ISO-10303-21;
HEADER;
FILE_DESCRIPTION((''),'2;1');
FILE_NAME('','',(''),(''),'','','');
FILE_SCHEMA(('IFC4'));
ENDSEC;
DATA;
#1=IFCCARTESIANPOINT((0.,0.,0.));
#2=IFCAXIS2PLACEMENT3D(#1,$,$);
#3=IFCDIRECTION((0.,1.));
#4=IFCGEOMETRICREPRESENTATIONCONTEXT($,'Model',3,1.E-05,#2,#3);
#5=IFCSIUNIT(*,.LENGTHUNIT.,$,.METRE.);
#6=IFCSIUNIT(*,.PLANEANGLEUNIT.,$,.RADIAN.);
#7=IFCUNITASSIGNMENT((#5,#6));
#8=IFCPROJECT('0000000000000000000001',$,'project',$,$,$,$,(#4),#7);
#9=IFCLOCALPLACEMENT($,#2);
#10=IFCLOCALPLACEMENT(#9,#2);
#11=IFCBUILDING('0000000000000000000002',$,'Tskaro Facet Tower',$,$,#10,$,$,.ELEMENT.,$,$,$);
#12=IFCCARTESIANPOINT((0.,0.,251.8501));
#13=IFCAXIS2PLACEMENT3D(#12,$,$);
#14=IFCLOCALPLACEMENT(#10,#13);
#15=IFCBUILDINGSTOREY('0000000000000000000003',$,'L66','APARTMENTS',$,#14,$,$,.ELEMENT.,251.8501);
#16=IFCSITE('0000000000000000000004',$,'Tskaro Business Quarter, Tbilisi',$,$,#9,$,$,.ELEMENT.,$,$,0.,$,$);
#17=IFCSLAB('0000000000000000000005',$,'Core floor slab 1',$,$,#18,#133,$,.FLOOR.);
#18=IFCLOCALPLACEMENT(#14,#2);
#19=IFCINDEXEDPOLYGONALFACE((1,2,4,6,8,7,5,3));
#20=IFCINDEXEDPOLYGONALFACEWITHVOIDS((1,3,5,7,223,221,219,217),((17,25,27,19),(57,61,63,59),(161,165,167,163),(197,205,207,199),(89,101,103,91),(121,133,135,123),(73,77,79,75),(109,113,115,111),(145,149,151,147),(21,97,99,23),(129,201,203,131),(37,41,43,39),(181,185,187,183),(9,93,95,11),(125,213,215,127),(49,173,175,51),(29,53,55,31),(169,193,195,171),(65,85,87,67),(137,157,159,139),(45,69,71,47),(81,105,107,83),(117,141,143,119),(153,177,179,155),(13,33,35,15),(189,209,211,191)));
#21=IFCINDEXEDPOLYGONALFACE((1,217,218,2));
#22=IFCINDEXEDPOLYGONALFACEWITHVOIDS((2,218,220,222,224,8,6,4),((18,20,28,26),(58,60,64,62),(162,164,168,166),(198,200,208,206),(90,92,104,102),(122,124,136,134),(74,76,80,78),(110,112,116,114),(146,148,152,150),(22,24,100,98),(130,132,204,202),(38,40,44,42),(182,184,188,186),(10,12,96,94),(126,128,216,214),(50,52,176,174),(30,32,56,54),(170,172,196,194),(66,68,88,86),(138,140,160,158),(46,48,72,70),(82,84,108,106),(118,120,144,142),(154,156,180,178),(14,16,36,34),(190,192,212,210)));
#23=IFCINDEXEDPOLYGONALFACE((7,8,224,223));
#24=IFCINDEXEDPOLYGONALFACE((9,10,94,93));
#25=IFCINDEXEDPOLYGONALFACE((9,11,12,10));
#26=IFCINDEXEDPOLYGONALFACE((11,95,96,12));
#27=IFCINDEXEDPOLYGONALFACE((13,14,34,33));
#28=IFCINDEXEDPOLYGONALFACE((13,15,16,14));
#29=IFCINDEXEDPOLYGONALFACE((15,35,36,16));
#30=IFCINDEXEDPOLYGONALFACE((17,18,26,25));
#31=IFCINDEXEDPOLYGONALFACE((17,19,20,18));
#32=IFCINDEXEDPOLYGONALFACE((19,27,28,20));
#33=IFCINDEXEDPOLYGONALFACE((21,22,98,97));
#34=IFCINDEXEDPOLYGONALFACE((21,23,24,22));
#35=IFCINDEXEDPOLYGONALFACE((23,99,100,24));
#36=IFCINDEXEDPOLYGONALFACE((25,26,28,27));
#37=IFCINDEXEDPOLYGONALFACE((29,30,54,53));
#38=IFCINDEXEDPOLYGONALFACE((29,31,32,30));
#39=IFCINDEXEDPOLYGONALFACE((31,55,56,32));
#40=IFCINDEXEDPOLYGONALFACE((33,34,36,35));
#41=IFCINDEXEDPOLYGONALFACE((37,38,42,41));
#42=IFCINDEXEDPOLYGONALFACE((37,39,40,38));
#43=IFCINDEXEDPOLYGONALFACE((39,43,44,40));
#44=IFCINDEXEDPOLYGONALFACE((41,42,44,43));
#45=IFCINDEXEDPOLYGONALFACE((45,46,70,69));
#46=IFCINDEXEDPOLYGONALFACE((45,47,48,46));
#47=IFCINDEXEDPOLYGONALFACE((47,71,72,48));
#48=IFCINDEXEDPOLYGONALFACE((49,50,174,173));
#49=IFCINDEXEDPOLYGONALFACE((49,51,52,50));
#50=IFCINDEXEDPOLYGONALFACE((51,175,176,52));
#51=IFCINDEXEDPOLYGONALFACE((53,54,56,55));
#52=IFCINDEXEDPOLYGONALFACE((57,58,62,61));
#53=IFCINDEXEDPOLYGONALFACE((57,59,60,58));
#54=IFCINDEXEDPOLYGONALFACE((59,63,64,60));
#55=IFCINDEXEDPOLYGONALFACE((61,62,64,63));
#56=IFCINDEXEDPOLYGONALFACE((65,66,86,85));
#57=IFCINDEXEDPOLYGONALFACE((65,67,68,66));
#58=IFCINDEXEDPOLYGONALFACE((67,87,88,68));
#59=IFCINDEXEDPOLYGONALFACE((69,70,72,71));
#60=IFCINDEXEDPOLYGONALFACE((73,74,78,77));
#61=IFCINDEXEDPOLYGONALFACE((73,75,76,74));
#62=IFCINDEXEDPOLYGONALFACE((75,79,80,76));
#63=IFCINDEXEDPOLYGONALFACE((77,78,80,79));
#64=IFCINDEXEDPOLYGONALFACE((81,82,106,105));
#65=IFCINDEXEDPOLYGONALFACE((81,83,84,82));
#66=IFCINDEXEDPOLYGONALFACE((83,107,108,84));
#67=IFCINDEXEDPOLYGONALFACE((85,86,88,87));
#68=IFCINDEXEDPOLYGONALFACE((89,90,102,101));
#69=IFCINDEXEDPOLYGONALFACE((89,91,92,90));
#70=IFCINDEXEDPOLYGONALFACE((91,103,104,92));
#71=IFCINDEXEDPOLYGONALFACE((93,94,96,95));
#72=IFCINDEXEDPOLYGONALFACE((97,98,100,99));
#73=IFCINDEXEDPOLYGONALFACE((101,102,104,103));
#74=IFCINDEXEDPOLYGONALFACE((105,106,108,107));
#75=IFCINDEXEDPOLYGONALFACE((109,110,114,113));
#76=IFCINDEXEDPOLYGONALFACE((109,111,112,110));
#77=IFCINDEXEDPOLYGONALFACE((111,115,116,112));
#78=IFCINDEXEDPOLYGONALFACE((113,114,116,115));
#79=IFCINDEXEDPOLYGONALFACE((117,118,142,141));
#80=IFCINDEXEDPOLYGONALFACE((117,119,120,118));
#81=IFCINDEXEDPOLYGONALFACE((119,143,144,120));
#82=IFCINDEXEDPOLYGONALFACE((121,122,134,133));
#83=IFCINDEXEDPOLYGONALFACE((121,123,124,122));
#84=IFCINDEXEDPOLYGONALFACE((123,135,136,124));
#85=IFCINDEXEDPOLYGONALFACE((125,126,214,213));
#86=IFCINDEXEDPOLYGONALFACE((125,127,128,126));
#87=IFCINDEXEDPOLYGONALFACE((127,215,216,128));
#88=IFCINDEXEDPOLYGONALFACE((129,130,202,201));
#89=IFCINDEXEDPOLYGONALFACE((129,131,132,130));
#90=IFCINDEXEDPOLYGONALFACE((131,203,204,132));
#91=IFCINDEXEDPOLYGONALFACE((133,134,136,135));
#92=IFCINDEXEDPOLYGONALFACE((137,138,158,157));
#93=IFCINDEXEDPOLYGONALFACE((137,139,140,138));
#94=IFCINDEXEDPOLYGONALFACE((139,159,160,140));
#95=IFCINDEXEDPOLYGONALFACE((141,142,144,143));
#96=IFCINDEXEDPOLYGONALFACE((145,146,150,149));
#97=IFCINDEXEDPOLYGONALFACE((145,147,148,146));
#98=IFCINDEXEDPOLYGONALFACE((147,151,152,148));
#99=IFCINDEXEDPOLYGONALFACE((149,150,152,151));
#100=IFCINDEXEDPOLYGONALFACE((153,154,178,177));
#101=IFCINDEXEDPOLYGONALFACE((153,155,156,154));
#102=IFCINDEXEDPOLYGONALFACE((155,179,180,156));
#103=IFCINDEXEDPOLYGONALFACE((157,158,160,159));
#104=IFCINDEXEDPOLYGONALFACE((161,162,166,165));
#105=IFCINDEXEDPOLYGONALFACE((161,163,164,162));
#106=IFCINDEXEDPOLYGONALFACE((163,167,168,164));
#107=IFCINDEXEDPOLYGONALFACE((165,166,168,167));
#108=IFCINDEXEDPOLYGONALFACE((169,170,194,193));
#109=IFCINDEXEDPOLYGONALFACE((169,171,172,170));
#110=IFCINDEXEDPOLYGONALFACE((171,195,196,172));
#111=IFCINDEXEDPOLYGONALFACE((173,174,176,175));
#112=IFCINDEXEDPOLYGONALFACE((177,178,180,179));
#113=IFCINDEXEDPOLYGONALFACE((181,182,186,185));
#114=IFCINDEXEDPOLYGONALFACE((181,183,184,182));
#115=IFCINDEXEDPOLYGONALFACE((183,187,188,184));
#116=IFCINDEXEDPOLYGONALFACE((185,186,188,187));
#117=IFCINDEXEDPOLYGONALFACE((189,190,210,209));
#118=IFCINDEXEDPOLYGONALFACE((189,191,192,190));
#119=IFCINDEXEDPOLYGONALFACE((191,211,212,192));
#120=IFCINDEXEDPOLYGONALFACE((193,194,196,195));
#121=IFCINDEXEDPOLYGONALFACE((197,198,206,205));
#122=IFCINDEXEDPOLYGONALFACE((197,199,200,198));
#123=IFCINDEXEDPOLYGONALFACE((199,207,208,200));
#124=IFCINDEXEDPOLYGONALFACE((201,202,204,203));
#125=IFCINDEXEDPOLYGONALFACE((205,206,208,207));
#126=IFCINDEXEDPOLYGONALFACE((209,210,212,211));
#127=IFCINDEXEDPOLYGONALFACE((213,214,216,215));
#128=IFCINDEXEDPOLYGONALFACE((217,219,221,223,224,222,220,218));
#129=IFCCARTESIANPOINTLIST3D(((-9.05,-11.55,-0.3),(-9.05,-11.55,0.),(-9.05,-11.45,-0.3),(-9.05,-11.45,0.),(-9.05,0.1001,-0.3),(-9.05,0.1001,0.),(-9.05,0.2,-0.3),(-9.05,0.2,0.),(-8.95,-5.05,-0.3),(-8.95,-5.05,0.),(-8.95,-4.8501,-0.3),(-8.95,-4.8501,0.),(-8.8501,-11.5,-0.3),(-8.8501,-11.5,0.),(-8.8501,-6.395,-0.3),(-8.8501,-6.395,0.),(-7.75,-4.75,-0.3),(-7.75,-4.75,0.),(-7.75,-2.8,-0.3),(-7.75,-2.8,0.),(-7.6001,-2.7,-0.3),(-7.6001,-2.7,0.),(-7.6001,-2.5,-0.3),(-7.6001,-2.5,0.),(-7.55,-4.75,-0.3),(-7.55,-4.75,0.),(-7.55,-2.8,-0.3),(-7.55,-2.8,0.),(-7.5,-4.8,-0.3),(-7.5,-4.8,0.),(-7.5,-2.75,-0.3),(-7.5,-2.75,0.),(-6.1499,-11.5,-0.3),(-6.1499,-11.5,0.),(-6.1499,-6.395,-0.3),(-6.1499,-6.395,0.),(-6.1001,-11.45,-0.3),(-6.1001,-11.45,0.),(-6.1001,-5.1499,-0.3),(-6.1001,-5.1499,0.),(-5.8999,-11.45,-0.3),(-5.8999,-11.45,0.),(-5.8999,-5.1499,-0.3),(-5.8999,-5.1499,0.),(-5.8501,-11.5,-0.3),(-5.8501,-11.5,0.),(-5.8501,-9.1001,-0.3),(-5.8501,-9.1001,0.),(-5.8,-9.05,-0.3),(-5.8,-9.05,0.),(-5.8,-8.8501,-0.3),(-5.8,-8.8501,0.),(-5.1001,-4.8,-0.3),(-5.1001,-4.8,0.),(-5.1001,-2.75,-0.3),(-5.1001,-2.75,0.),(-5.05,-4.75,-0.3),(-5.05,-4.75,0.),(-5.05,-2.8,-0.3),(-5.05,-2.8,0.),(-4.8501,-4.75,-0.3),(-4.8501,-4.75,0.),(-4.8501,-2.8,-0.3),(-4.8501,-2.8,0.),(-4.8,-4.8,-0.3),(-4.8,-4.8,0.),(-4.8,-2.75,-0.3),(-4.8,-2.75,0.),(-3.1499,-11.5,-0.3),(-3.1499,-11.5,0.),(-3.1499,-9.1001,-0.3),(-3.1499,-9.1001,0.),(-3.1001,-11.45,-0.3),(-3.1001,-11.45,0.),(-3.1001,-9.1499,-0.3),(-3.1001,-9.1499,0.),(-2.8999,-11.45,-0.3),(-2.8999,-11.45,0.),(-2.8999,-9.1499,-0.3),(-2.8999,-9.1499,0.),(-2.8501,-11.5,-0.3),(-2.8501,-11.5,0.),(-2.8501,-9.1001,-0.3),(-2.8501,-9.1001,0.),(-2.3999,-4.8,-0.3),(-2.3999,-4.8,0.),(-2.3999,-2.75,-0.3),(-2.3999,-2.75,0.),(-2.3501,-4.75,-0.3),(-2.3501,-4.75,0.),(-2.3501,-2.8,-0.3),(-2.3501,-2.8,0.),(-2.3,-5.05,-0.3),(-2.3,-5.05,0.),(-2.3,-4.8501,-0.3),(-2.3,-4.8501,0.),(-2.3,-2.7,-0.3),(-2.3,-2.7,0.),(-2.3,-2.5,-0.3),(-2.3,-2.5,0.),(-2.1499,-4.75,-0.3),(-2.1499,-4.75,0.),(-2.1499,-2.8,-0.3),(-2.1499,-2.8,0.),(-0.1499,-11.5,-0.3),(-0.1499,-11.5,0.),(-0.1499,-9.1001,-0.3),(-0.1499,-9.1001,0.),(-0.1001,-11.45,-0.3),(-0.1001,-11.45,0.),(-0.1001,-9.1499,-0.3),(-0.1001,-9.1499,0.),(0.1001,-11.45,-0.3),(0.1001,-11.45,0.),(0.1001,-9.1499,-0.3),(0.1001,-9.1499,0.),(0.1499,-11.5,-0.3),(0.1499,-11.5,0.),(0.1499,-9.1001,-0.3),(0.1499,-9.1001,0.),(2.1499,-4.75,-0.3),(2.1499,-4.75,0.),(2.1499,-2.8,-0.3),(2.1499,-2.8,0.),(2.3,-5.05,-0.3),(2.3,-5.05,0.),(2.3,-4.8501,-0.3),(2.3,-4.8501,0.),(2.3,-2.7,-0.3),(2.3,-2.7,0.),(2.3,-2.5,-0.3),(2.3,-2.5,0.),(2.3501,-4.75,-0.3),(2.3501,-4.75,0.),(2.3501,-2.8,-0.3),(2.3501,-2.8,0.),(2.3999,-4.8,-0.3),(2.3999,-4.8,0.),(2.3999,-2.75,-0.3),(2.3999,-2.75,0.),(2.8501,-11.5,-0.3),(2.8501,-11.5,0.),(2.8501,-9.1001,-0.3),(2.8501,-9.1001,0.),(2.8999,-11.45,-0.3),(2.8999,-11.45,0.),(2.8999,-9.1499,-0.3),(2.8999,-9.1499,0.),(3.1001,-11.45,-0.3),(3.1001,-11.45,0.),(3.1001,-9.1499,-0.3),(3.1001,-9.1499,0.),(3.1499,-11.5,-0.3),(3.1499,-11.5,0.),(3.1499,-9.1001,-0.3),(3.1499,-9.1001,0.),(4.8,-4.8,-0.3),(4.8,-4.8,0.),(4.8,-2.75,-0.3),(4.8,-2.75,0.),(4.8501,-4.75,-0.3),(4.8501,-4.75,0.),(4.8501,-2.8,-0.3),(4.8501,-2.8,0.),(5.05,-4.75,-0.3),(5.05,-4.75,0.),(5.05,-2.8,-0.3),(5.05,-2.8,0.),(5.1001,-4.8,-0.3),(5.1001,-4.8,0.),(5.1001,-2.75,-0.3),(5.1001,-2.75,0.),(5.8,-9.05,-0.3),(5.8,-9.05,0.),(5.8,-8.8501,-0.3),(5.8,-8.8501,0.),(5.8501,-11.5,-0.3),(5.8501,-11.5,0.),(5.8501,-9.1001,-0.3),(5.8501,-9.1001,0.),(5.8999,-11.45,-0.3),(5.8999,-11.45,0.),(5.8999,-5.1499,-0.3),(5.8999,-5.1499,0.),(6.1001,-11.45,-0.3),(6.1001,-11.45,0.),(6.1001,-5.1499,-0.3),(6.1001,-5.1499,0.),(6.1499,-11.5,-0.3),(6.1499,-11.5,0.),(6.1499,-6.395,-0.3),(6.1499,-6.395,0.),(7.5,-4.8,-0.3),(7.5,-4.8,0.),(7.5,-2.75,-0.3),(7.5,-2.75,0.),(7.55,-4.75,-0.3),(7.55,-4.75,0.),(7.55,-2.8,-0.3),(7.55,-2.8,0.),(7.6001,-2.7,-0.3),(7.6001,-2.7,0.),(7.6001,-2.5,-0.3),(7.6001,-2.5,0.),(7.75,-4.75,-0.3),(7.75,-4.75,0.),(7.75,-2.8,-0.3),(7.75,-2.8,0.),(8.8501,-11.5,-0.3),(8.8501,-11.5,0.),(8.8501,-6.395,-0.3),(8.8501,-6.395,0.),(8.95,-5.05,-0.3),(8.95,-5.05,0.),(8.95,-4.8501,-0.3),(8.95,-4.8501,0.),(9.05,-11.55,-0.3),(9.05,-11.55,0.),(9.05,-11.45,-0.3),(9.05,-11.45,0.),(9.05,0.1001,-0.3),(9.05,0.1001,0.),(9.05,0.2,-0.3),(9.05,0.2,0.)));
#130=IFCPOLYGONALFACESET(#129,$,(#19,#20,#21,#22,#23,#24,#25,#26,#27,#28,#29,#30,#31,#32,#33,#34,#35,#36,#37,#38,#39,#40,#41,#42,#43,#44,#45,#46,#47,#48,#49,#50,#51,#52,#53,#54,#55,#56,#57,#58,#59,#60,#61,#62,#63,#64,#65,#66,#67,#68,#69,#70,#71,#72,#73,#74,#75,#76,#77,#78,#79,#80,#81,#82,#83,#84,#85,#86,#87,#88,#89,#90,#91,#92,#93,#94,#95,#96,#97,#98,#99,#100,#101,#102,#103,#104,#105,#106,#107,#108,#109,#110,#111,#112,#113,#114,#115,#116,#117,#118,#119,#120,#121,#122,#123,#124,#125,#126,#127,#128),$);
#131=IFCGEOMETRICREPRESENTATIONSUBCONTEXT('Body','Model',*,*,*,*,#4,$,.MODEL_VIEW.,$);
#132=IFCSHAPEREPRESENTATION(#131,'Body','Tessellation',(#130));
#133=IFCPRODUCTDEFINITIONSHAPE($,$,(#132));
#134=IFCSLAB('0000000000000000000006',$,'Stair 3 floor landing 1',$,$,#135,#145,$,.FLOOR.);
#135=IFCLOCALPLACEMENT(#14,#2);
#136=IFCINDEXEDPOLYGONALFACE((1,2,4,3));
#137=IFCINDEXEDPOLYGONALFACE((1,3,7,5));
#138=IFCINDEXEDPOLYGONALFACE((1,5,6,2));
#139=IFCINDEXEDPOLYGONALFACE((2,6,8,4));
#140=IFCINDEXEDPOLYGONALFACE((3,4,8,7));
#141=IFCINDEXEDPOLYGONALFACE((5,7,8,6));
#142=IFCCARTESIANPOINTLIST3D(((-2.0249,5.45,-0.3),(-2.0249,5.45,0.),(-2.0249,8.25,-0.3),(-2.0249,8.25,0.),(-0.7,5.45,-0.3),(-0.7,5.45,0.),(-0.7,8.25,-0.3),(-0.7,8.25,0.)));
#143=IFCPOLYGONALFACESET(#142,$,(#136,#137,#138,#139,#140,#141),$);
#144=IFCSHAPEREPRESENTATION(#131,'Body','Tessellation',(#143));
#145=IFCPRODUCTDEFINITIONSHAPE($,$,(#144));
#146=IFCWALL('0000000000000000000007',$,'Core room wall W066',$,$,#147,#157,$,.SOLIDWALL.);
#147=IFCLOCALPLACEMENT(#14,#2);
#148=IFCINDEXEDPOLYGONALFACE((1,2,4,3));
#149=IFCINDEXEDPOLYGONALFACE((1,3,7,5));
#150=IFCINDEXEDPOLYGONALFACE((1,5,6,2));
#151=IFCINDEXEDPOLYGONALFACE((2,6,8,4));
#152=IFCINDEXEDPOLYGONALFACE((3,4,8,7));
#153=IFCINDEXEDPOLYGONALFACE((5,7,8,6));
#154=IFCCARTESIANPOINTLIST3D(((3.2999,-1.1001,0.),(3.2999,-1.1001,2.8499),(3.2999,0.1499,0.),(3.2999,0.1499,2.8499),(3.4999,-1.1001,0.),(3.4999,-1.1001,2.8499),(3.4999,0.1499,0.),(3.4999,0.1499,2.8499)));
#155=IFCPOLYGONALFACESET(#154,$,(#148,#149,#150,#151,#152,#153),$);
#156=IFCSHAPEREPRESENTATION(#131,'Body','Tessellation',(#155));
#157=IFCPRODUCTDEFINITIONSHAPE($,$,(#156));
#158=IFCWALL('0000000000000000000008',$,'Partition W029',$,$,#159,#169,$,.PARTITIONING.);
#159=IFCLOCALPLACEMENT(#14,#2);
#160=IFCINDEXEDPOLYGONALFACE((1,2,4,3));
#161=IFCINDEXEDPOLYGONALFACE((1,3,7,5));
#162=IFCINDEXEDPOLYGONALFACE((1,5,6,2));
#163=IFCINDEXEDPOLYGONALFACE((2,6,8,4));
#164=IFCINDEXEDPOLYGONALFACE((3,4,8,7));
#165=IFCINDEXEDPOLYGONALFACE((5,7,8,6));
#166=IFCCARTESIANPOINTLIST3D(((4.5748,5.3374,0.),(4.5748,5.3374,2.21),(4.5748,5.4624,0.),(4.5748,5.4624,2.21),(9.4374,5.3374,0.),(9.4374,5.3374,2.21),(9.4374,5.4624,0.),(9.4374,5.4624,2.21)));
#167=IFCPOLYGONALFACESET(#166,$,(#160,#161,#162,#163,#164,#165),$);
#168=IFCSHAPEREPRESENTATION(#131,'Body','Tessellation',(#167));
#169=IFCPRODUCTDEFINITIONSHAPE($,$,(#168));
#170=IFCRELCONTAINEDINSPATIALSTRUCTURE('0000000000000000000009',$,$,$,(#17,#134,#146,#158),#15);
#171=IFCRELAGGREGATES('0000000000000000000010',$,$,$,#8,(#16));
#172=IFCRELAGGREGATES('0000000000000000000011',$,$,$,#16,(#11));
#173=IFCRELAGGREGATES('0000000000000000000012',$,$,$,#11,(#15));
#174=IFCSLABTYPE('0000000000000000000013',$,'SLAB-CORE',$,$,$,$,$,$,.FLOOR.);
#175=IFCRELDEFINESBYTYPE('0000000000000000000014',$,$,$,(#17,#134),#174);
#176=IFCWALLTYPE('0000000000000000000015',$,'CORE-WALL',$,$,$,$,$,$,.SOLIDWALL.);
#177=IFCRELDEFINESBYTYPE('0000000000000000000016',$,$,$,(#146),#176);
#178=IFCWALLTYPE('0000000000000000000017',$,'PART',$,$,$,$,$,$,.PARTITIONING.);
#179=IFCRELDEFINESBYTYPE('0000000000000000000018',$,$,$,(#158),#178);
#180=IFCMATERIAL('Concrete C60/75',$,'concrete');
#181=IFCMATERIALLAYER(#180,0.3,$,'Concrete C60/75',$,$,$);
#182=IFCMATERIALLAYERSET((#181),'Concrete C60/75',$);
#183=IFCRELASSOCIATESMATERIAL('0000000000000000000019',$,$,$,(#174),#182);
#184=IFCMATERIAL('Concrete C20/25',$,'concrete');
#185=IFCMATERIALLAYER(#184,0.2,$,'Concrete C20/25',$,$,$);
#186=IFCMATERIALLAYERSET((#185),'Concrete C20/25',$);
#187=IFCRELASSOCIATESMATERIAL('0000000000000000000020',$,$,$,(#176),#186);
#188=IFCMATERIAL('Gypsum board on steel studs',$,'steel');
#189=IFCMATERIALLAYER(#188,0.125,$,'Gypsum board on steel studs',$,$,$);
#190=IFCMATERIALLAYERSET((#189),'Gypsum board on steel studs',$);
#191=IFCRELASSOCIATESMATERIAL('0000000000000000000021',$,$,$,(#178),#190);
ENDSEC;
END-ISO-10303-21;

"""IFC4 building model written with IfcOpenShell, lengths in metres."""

from ifc_helpers import new_model, si_unit, direction, frame, frame_2d, origin, place, context, subcontext, project, spatial, polyline, rectangle, outline, extrude, material, layer, layer_set, type_object, element, save


model = new_model("IFC4")

# Units and contexts
model_context = context("Model", 3, precision=1e-05, world=origin(), true_north=direction((0.0, 1.0)))
body_context = subcontext(model_context, "Body", "Model", "MODEL_VIEW")
ifc_project = project(units=[si_unit("LENGTHUNIT", "METRE"), si_unit("PLANEANGLEUNIT", "RADIAN")], contexts=[model_context])

# Site, building, storey
site_placement = place(None, origin())
site = spatial("IfcSite", under=ifc_project, at=site_placement, Name="Tskaro Business Quarter, Tbilisi", CompositionType="ELEMENT", RefElevation=0.0)
building_placement = place(site_placement, origin())
building = spatial("IfcBuilding", under=site, at=building_placement, Name="Tskaro Facet Tower", CompositionType="ELEMENT")
storey_placement = place(building_placement, frame((0.0, 0.0, 251.8501)))
storey = spatial("IfcBuildingStorey", under=building, at=storey_placement, Name="L66", Description="APARTMENTS", CompositionType="ELEMENT", Elevation=251.8501)

# Slabs
ifc_material_1 = material(Name="Concrete C60/75", Category="concrete")
ifc_layer_1 = layer(ifc_material_1, 0.3, Name="Concrete C60/75")
ifc_layer_set_1 = layer_set([ifc_layer_1], Name="Concrete C60/75")
slab_type_1 = type_object("IfcSlabType", Name="SLAB-CORE", PredefinedType="FLOOR", material=ifc_layer_set_1)
slab_1_placement = place(storey_placement, frame((0.0, 0.0, -0.3)))
element("IfcSlab", 1, at=slab_1_placement, inside=storey, type_object=slab_type_1, Name="Core floor slab 1", PredefinedType="FLOOR", context=body_context, shape_type="SweptSolid", body=[
    extrude(outline(polyline([(-9.05, 0.2), (9.05, 0.2), (9.05, 0.1001), (9.05, -11.45), (9.05, -11.55), (-9.05, -11.55), (-9.05, -11.45), (-9.05, 0.1001), (-9.05, 0.2)]), holes=[polyline([(-5.8501, -9.1001), (-5.8501, -11.5), (-3.1499, -11.5), (-3.1499, -9.1001), (-5.8501, -9.1001)]), polyline([(-3.1001, -11.45), (-2.8999, -11.45), (-2.8999, -9.1499), (-3.1001, -9.1499), (-3.1001, -11.45)]), polyline([(-2.8501, -9.1001), (-2.8501, -11.5), (-0.1499, -11.5), (-0.1499, -9.1001), (-2.8501, -9.1001)]), polyline([(-6.1001, -11.45), (-5.8999, -11.45), (-5.8999, -5.1499), (-6.1001, -5.1499), (-6.1001, -11.45)]), polyline([(-8.95, -5.05), (-2.3, -5.05), (-2.3, -4.8501), (-8.95, -4.8501), (-8.95, -5.05)]), polyline([(-7.75, -4.75), (-7.55, -4.75), (-7.55, -2.8), (-7.75, -2.8), (-7.75, -4.75)]), polyline([(-7.5, -2.75), (-7.5, -4.8), (-5.1001, -4.8), (-5.1001, -2.75), (-7.5, -2.75)]), polyline([(-5.05, -4.75), (-4.8501, -4.75), (-4.8501, -2.8), (-5.05, -2.8), (-5.05, -4.75)]), polyline([(-2.3999, -2.75), (-4.8, -2.75), (-4.8, -4.8), (-2.3999, -4.8), (-2.3999, -2.75)]), polyline([(-2.3501, -4.75), (-2.1499, -4.75), (-2.1499, -2.8), (-2.3501, -2.8), (-2.3501, -4.75)]), polyline([(-7.6001, -2.7), (-2.3, -2.7), (-2.3, -2.5), (-7.6001, -2.5), (-7.6001, -2.7)]), polyline([(-0.1001, -11.45), (0.1001, -11.45), (0.1001, -9.1499), (-0.1001, -9.1499), (-0.1001, -11.45)]), polyline([(0.1499, -9.1001), (0.1499, -11.5), (2.8501, -11.5), (2.8501, -9.1001), (0.1499, -9.1001)]), polyline([(2.8999, -11.45), (3.1001, -11.45), (3.1001, -9.1499), (2.8999, -9.1499), (2.8999, -11.45)]), polyline([(3.1499, -9.1001), (3.1499, -11.5), (5.8501, -11.5), (5.8501, -9.1001), (3.1499, -9.1001)]), polyline([(-5.8, -9.05), (5.8, -9.05), (5.8, -8.8501), (-5.8, -8.8501), (-5.8, -9.05)]), polyline([(5.8999, -11.45), (6.1001, -11.45), (6.1001, -5.1499), (5.8999, -5.1499), (5.8999, -11.45)]), polyline([(2.3, -5.05), (8.95, -5.05), (8.95, -4.8501), (2.3, -4.8501), (2.3, -5.05)]), polyline([(2.1499, -4.75), (2.3501, -4.75), (2.3501, -2.8), (2.1499, -2.8), (2.1499, -4.75)]), polyline([(2.3999, -4.8), (4.8, -4.8), (4.8, -2.75), (2.3999, -2.75), (2.3999, -4.8)]), polyline([(4.8501, -4.75), (5.05, -4.75), (5.05, -2.8), (4.8501, -2.8), (4.8501, -4.75)]), polyline([(5.1001, -4.8), (7.5, -4.8), (7.5, -2.75), (5.1001, -2.75), (5.1001, -4.8)]), polyline([(7.55, -4.75), (7.75, -4.75), (7.75, -2.8), (7.55, -2.8), (7.55, -4.75)]), polyline([(2.3, -2.7), (7.6001, -2.7), (7.6001, -2.5), (2.3, -2.5), (2.3, -2.7)]), polyline([(-8.8501, -11.5), (-6.1499, -11.5), (-6.1499, -6.395), (-8.8501, -6.395), (-8.8501, -11.5)]), polyline([(6.1499, -6.395), (6.1499, -11.5), (8.8501, -11.5), (8.8501, -6.395), (6.1499, -6.395)])]), origin(), (0.0, 0.0, 1.0), 0.3),
])
slab_2_placement = place(storey_placement, frame((0.0, 0.0, -0.3)))
element("IfcSlab", 2, at=slab_2_placement, inside=storey, type_object=slab_type_1, Name="Stair 3 floor landing 1", PredefinedType="FLOOR", context=body_context, shape_type="SweptSolid", body=[
    extrude(outline(polyline([(-2.0249, 5.45), (-0.7, 5.45), (-0.7, 8.25), (-2.0249, 8.25), (-2.0249, 5.45)])), origin(), (0.0, 0.0, 1.0), 0.3),
])

# Walls
ifc_material_2 = material(Name="Concrete C20/25", Category="concrete")
ifc_layer_2 = layer(ifc_material_2, 0.2, Name="Concrete C20/25")
ifc_layer_set_2 = layer_set([ifc_layer_2], Name="Concrete C20/25")
wall_type_1 = type_object("IfcWallType", Name="CORE-WALL", PredefinedType="SOLIDWALL", material=ifc_layer_set_2)
wall_1_placement = place(storey_placement, frame((3.3999, -1.1001, 0.0), z_axis=(0.0, 0.0, 1.0), x_axis=(0.0, 1.0, 0.0)))
element("IfcWall", 3, at=wall_1_placement, inside=storey, type_object=wall_type_1, Name="Core room wall W066", PredefinedType="SOLIDWALL", context=body_context, shape_type="SweptSolid", body=[
    extrude(rectangle(XDim=1.25, YDim=0.2, at=frame_2d((0.625, 0.0))), origin(), (0.0, 0.0, 1.0), 2.8499),
])
ifc_material_3 = material(Name="Gypsum board on steel studs", Category="steel")
ifc_layer_3 = layer(ifc_material_3, 0.125, Name="Gypsum board on steel studs")
ifc_layer_set_3 = layer_set([ifc_layer_3], Name="Gypsum board on steel studs")
wall_type_2 = type_object("IfcWallType", Name="PART", PredefinedType="PARTITIONING", material=ifc_layer_set_3)
wall_2_placement = place(storey_placement, frame((4.575, 5.3999, 0.0), z_axis=(0.0, 0.0, 1.0), x_axis=(1.0, 0.0, 0.0)))
element("IfcWall", 4, at=wall_2_placement, inside=storey, type_object=wall_type_2, Name="Partition W029", PredefinedType="PARTITIONING", context=body_context, shape_type="SweptSolid", body=[
    extrude(rectangle(XDim=4.8625, YDim=0.125, at=frame_2d((2.4312, 0.0))), origin(), (0.0, 0.0, 1.0), 2.21),
])

save(model, "model.ifc")
